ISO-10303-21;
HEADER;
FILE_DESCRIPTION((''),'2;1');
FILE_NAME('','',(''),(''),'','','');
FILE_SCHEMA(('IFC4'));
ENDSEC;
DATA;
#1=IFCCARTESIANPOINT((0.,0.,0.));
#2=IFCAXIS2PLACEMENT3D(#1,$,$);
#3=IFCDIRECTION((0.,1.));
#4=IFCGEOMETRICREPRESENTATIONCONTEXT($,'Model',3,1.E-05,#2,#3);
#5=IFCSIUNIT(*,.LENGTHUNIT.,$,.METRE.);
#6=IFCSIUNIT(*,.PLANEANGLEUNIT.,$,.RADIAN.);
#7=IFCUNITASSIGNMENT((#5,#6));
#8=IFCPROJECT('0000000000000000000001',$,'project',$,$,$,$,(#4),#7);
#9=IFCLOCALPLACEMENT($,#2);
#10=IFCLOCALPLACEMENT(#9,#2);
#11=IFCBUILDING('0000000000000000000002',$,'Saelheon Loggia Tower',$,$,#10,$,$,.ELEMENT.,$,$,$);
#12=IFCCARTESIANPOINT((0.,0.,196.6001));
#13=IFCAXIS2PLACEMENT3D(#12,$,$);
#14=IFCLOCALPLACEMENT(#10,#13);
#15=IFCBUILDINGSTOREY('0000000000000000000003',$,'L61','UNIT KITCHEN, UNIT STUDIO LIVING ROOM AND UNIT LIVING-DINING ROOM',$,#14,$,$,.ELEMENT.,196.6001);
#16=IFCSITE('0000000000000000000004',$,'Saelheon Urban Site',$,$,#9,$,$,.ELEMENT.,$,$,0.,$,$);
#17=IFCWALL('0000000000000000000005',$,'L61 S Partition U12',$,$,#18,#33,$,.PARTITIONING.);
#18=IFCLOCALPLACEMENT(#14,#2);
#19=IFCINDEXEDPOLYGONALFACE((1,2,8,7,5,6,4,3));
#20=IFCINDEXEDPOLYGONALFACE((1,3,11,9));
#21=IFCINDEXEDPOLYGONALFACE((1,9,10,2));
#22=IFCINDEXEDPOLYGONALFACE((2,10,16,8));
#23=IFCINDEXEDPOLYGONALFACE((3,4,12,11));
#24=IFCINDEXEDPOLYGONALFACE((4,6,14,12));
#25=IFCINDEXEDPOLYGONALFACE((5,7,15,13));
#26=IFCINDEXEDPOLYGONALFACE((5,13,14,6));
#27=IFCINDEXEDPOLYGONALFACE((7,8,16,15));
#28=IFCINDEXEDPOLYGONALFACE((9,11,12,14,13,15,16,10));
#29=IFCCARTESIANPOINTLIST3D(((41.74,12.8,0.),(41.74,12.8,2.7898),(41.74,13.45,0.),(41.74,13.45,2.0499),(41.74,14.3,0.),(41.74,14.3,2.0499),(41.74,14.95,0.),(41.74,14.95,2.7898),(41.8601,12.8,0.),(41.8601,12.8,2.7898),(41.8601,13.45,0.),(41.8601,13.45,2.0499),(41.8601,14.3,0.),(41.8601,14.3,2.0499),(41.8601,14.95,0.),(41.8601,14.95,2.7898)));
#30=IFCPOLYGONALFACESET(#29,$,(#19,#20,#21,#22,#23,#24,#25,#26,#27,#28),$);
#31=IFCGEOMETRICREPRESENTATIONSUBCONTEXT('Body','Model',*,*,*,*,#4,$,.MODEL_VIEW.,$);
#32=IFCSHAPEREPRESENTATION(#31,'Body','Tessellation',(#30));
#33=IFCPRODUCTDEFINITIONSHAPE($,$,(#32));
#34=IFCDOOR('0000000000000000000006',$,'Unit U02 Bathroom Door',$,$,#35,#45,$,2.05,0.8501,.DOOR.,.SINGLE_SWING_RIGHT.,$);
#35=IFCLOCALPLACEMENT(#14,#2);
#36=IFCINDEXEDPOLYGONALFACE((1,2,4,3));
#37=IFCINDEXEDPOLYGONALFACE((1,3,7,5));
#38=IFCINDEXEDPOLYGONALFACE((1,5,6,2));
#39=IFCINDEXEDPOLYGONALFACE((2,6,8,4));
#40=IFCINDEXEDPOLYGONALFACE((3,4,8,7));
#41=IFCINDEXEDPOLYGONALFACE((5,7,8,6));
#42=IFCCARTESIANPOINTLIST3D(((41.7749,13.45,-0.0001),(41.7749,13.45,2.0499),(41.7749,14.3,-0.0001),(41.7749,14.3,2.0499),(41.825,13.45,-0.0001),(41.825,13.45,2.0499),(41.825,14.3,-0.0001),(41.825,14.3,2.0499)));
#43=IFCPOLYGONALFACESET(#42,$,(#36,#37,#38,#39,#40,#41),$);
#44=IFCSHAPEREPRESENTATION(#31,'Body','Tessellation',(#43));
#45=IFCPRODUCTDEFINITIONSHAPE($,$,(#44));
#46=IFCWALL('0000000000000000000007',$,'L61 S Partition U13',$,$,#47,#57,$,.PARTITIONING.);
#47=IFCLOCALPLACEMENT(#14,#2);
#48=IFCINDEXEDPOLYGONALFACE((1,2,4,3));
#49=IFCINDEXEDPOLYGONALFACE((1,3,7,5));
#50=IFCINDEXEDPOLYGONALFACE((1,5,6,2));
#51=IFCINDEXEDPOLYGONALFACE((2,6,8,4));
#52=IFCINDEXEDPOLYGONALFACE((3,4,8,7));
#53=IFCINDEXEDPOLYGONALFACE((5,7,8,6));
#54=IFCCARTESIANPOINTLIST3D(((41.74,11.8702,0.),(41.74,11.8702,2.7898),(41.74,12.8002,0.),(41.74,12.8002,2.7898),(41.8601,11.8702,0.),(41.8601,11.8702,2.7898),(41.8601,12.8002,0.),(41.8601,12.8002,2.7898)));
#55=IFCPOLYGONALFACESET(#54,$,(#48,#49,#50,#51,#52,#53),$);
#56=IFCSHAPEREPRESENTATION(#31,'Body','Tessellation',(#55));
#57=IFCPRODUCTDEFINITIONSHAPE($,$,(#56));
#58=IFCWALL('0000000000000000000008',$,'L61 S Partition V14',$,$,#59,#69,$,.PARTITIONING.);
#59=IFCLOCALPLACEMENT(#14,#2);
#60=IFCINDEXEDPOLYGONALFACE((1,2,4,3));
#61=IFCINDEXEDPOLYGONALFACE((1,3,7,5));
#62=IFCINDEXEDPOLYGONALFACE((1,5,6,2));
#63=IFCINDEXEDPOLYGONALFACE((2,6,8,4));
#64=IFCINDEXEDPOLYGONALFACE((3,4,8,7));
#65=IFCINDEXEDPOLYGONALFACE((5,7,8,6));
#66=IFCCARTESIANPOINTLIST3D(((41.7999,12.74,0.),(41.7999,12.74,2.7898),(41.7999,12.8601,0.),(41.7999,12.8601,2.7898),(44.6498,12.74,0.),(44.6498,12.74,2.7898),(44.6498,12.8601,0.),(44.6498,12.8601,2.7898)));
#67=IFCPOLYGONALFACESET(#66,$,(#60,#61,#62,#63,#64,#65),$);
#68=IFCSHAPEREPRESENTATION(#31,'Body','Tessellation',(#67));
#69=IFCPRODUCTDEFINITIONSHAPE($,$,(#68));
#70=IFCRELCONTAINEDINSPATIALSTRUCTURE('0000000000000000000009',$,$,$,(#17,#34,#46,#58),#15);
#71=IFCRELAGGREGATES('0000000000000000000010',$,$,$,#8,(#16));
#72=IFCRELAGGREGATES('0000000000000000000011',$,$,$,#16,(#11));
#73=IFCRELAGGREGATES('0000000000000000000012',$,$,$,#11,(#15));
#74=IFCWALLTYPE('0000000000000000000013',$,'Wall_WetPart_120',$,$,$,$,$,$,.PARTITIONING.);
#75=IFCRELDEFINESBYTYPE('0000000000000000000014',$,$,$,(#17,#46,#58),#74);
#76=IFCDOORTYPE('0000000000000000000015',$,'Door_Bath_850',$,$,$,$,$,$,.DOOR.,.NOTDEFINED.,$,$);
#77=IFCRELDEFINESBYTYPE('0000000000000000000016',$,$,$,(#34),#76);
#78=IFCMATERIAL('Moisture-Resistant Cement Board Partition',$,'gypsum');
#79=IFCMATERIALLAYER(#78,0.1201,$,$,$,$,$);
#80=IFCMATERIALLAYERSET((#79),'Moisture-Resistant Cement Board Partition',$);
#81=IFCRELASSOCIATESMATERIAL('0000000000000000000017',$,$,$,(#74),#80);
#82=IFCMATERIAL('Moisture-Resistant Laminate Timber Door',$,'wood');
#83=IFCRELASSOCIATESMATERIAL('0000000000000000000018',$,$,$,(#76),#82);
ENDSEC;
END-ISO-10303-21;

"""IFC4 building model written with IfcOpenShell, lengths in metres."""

from ifc_helpers import new_model, si_unit, direction, frame, frame_2d, origin, place, context, subcontext, project, spatial, rectangle, extrude, source, transform, mapped, material, layer, layer_set, type_object, element, fill, save


model = new_model("IFC4")

# Units and contexts
model_context = context("Model", 3, precision=1e-05, world=origin(), true_north=direction((0.0, 1.0)))
body_context = subcontext(model_context, "Body", "Model", "MODEL_VIEW")
ifc_project = project(units=[si_unit("LENGTHUNIT", "METRE"), si_unit("PLANEANGLEUNIT", "RADIAN")], contexts=[model_context])

# Site, building, storey
site_placement = place(None, origin())
site = spatial("IfcSite", under=ifc_project, at=site_placement, Name="Saelheon Urban Site", CompositionType="ELEMENT", RefElevation=0.0)
building_placement = place(site_placement, origin())
building = spatial("IfcBuilding", under=site, at=building_placement, Name="Saelheon Loggia Tower", CompositionType="ELEMENT")
storey_placement = place(building_placement, frame((0.0, 0.0, 196.6001)))
storey = spatial("IfcBuildingStorey", under=building, at=storey_placement, Name="L61", Description="UNIT KITCHEN, UNIT STUDIO LIVING ROOM AND UNIT LIVING-DINING ROOM", CompositionType="ELEMENT", Elevation=196.6001)

# Wall, opening, door
ifc_material_1 = material(Name="Moisture-Resistant Cement Board Partition", Category="gypsum")
ifc_layer_1 = layer(ifc_material_1, 0.1201)
ifc_layer_set_1 = layer_set([ifc_layer_1], Name="Moisture-Resistant Cement Board Partition")
wall_type_1 = type_object("IfcWallType", Name="Wall_WetPart_120", PredefinedType="PARTITIONING", material=ifc_layer_set_1)
wall_1_placement = place(storey_placement, frame((41.8, 14.95, 0.0), z_axis=(0.0, 0.0, 1.0), x_axis=(0.0, -1.0, 0.0)))
wall_1 = element("IfcWall", 1, at=wall_1_placement, inside=storey, type_object=wall_type_1, Name="L61 S Partition U12", PredefinedType="PARTITIONING", context=body_context, shape_type="SweptSolid", body=[
    extrude(rectangle(XDim=2.1499, YDim=0.1201, at=frame_2d((1.075, 0.0))), origin(), (0.0, 0.0, 1.0), 2.7898),
])
opening_1_placement = place(wall_1_placement, frame((0.6499, 0.0, 0.0)))
opening_1 = element("IfcOpeningElement", 2, at=opening_1_placement, cuts=wall_1, PredefinedType="OPENING", context=body_context, shape_type="SweptSolid", body=[
    extrude(rectangle(XDim=0.8501, YDim=2.05, at=frame_2d((0.425, 1.0249))), frame((0.0, 0.072, 0.0), z_axis=(0.0, -1.0, 0.0), x_axis=(1.0, 0.0, 0.0)), (0.0, 0.0, 1.0), 0.144),
])
ifc_material_2 = material(Name="Moisture-Resistant Laminate Timber Door", Category="wood")
door_type_1 = type_object("IfcDoorType", Name="Door_Bath_850", OperationType="NOTDEFINED", PredefinedType="DOOR", material=ifc_material_2)
shared_shape_1 = source(origin(), body_context, "Body", "SweptSolid", [
    extrude(rectangle(XDim=0.8501, YDim=2.05, at=frame_2d((0.425, 1.0249))), frame((0.0, 0.0249, 0.0), z_axis=(0.0, -1.0, 0.0), x_axis=(1.0, 0.0, 0.0)), (0.0, 0.0, 1.0), 0.05),
])
door_1_placement = place(opening_1_placement, origin())
door_1 = element("IfcDoor", 3, at=door_1_placement, inside=storey, type_object=door_type_1, Name="Unit U02 Bathroom Door", OperationType="SINGLE_SWING_RIGHT", OverallHeight=2.05, OverallWidth=0.8501, PredefinedType="DOOR", context=body_context, shape_type="MappedRepresentation", body=[
    mapped(shared_shape_1, transform((0.0, 0.0, 0.0), scale=1.0)),
])
fill(opening_1, door_1)

# Walls
wall_2_placement = place(storey_placement, frame((41.8, 12.8, 0.0), z_axis=(0.0, 0.0, 1.0), x_axis=(0.0, -1.0, 0.0)))
element("IfcWall", 4, at=wall_2_placement, inside=storey, type_object=wall_type_1, Name="L61 S Partition U13", PredefinedType="PARTITIONING", context=body_context, shape_type="SweptSolid", body=[
    extrude(rectangle(XDim=0.9299, YDim=0.1201, at=frame_2d((0.4648, 0.0))), origin(), (0.0, 0.0, 1.0), 2.7898),
])
wall_3_placement = place(storey_placement, frame((41.8, 12.8, 0.0), z_axis=(0.0, 0.0, 1.0), x_axis=(1.0, 0.0, 0.0)))
element("IfcWall", 5, at=wall_3_placement, inside=storey, type_object=wall_type_1, Name="L61 S Partition V14", PredefinedType="PARTITIONING", context=body_context, shape_type="SweptSolid", body=[
    extrude(rectangle(XDim=2.8499, YDim=0.1201, at=frame_2d((1.4248, 0.0))), origin(), (0.0, 0.0, 1.0), 2.7898),
])

save(model, "model.ifc")
